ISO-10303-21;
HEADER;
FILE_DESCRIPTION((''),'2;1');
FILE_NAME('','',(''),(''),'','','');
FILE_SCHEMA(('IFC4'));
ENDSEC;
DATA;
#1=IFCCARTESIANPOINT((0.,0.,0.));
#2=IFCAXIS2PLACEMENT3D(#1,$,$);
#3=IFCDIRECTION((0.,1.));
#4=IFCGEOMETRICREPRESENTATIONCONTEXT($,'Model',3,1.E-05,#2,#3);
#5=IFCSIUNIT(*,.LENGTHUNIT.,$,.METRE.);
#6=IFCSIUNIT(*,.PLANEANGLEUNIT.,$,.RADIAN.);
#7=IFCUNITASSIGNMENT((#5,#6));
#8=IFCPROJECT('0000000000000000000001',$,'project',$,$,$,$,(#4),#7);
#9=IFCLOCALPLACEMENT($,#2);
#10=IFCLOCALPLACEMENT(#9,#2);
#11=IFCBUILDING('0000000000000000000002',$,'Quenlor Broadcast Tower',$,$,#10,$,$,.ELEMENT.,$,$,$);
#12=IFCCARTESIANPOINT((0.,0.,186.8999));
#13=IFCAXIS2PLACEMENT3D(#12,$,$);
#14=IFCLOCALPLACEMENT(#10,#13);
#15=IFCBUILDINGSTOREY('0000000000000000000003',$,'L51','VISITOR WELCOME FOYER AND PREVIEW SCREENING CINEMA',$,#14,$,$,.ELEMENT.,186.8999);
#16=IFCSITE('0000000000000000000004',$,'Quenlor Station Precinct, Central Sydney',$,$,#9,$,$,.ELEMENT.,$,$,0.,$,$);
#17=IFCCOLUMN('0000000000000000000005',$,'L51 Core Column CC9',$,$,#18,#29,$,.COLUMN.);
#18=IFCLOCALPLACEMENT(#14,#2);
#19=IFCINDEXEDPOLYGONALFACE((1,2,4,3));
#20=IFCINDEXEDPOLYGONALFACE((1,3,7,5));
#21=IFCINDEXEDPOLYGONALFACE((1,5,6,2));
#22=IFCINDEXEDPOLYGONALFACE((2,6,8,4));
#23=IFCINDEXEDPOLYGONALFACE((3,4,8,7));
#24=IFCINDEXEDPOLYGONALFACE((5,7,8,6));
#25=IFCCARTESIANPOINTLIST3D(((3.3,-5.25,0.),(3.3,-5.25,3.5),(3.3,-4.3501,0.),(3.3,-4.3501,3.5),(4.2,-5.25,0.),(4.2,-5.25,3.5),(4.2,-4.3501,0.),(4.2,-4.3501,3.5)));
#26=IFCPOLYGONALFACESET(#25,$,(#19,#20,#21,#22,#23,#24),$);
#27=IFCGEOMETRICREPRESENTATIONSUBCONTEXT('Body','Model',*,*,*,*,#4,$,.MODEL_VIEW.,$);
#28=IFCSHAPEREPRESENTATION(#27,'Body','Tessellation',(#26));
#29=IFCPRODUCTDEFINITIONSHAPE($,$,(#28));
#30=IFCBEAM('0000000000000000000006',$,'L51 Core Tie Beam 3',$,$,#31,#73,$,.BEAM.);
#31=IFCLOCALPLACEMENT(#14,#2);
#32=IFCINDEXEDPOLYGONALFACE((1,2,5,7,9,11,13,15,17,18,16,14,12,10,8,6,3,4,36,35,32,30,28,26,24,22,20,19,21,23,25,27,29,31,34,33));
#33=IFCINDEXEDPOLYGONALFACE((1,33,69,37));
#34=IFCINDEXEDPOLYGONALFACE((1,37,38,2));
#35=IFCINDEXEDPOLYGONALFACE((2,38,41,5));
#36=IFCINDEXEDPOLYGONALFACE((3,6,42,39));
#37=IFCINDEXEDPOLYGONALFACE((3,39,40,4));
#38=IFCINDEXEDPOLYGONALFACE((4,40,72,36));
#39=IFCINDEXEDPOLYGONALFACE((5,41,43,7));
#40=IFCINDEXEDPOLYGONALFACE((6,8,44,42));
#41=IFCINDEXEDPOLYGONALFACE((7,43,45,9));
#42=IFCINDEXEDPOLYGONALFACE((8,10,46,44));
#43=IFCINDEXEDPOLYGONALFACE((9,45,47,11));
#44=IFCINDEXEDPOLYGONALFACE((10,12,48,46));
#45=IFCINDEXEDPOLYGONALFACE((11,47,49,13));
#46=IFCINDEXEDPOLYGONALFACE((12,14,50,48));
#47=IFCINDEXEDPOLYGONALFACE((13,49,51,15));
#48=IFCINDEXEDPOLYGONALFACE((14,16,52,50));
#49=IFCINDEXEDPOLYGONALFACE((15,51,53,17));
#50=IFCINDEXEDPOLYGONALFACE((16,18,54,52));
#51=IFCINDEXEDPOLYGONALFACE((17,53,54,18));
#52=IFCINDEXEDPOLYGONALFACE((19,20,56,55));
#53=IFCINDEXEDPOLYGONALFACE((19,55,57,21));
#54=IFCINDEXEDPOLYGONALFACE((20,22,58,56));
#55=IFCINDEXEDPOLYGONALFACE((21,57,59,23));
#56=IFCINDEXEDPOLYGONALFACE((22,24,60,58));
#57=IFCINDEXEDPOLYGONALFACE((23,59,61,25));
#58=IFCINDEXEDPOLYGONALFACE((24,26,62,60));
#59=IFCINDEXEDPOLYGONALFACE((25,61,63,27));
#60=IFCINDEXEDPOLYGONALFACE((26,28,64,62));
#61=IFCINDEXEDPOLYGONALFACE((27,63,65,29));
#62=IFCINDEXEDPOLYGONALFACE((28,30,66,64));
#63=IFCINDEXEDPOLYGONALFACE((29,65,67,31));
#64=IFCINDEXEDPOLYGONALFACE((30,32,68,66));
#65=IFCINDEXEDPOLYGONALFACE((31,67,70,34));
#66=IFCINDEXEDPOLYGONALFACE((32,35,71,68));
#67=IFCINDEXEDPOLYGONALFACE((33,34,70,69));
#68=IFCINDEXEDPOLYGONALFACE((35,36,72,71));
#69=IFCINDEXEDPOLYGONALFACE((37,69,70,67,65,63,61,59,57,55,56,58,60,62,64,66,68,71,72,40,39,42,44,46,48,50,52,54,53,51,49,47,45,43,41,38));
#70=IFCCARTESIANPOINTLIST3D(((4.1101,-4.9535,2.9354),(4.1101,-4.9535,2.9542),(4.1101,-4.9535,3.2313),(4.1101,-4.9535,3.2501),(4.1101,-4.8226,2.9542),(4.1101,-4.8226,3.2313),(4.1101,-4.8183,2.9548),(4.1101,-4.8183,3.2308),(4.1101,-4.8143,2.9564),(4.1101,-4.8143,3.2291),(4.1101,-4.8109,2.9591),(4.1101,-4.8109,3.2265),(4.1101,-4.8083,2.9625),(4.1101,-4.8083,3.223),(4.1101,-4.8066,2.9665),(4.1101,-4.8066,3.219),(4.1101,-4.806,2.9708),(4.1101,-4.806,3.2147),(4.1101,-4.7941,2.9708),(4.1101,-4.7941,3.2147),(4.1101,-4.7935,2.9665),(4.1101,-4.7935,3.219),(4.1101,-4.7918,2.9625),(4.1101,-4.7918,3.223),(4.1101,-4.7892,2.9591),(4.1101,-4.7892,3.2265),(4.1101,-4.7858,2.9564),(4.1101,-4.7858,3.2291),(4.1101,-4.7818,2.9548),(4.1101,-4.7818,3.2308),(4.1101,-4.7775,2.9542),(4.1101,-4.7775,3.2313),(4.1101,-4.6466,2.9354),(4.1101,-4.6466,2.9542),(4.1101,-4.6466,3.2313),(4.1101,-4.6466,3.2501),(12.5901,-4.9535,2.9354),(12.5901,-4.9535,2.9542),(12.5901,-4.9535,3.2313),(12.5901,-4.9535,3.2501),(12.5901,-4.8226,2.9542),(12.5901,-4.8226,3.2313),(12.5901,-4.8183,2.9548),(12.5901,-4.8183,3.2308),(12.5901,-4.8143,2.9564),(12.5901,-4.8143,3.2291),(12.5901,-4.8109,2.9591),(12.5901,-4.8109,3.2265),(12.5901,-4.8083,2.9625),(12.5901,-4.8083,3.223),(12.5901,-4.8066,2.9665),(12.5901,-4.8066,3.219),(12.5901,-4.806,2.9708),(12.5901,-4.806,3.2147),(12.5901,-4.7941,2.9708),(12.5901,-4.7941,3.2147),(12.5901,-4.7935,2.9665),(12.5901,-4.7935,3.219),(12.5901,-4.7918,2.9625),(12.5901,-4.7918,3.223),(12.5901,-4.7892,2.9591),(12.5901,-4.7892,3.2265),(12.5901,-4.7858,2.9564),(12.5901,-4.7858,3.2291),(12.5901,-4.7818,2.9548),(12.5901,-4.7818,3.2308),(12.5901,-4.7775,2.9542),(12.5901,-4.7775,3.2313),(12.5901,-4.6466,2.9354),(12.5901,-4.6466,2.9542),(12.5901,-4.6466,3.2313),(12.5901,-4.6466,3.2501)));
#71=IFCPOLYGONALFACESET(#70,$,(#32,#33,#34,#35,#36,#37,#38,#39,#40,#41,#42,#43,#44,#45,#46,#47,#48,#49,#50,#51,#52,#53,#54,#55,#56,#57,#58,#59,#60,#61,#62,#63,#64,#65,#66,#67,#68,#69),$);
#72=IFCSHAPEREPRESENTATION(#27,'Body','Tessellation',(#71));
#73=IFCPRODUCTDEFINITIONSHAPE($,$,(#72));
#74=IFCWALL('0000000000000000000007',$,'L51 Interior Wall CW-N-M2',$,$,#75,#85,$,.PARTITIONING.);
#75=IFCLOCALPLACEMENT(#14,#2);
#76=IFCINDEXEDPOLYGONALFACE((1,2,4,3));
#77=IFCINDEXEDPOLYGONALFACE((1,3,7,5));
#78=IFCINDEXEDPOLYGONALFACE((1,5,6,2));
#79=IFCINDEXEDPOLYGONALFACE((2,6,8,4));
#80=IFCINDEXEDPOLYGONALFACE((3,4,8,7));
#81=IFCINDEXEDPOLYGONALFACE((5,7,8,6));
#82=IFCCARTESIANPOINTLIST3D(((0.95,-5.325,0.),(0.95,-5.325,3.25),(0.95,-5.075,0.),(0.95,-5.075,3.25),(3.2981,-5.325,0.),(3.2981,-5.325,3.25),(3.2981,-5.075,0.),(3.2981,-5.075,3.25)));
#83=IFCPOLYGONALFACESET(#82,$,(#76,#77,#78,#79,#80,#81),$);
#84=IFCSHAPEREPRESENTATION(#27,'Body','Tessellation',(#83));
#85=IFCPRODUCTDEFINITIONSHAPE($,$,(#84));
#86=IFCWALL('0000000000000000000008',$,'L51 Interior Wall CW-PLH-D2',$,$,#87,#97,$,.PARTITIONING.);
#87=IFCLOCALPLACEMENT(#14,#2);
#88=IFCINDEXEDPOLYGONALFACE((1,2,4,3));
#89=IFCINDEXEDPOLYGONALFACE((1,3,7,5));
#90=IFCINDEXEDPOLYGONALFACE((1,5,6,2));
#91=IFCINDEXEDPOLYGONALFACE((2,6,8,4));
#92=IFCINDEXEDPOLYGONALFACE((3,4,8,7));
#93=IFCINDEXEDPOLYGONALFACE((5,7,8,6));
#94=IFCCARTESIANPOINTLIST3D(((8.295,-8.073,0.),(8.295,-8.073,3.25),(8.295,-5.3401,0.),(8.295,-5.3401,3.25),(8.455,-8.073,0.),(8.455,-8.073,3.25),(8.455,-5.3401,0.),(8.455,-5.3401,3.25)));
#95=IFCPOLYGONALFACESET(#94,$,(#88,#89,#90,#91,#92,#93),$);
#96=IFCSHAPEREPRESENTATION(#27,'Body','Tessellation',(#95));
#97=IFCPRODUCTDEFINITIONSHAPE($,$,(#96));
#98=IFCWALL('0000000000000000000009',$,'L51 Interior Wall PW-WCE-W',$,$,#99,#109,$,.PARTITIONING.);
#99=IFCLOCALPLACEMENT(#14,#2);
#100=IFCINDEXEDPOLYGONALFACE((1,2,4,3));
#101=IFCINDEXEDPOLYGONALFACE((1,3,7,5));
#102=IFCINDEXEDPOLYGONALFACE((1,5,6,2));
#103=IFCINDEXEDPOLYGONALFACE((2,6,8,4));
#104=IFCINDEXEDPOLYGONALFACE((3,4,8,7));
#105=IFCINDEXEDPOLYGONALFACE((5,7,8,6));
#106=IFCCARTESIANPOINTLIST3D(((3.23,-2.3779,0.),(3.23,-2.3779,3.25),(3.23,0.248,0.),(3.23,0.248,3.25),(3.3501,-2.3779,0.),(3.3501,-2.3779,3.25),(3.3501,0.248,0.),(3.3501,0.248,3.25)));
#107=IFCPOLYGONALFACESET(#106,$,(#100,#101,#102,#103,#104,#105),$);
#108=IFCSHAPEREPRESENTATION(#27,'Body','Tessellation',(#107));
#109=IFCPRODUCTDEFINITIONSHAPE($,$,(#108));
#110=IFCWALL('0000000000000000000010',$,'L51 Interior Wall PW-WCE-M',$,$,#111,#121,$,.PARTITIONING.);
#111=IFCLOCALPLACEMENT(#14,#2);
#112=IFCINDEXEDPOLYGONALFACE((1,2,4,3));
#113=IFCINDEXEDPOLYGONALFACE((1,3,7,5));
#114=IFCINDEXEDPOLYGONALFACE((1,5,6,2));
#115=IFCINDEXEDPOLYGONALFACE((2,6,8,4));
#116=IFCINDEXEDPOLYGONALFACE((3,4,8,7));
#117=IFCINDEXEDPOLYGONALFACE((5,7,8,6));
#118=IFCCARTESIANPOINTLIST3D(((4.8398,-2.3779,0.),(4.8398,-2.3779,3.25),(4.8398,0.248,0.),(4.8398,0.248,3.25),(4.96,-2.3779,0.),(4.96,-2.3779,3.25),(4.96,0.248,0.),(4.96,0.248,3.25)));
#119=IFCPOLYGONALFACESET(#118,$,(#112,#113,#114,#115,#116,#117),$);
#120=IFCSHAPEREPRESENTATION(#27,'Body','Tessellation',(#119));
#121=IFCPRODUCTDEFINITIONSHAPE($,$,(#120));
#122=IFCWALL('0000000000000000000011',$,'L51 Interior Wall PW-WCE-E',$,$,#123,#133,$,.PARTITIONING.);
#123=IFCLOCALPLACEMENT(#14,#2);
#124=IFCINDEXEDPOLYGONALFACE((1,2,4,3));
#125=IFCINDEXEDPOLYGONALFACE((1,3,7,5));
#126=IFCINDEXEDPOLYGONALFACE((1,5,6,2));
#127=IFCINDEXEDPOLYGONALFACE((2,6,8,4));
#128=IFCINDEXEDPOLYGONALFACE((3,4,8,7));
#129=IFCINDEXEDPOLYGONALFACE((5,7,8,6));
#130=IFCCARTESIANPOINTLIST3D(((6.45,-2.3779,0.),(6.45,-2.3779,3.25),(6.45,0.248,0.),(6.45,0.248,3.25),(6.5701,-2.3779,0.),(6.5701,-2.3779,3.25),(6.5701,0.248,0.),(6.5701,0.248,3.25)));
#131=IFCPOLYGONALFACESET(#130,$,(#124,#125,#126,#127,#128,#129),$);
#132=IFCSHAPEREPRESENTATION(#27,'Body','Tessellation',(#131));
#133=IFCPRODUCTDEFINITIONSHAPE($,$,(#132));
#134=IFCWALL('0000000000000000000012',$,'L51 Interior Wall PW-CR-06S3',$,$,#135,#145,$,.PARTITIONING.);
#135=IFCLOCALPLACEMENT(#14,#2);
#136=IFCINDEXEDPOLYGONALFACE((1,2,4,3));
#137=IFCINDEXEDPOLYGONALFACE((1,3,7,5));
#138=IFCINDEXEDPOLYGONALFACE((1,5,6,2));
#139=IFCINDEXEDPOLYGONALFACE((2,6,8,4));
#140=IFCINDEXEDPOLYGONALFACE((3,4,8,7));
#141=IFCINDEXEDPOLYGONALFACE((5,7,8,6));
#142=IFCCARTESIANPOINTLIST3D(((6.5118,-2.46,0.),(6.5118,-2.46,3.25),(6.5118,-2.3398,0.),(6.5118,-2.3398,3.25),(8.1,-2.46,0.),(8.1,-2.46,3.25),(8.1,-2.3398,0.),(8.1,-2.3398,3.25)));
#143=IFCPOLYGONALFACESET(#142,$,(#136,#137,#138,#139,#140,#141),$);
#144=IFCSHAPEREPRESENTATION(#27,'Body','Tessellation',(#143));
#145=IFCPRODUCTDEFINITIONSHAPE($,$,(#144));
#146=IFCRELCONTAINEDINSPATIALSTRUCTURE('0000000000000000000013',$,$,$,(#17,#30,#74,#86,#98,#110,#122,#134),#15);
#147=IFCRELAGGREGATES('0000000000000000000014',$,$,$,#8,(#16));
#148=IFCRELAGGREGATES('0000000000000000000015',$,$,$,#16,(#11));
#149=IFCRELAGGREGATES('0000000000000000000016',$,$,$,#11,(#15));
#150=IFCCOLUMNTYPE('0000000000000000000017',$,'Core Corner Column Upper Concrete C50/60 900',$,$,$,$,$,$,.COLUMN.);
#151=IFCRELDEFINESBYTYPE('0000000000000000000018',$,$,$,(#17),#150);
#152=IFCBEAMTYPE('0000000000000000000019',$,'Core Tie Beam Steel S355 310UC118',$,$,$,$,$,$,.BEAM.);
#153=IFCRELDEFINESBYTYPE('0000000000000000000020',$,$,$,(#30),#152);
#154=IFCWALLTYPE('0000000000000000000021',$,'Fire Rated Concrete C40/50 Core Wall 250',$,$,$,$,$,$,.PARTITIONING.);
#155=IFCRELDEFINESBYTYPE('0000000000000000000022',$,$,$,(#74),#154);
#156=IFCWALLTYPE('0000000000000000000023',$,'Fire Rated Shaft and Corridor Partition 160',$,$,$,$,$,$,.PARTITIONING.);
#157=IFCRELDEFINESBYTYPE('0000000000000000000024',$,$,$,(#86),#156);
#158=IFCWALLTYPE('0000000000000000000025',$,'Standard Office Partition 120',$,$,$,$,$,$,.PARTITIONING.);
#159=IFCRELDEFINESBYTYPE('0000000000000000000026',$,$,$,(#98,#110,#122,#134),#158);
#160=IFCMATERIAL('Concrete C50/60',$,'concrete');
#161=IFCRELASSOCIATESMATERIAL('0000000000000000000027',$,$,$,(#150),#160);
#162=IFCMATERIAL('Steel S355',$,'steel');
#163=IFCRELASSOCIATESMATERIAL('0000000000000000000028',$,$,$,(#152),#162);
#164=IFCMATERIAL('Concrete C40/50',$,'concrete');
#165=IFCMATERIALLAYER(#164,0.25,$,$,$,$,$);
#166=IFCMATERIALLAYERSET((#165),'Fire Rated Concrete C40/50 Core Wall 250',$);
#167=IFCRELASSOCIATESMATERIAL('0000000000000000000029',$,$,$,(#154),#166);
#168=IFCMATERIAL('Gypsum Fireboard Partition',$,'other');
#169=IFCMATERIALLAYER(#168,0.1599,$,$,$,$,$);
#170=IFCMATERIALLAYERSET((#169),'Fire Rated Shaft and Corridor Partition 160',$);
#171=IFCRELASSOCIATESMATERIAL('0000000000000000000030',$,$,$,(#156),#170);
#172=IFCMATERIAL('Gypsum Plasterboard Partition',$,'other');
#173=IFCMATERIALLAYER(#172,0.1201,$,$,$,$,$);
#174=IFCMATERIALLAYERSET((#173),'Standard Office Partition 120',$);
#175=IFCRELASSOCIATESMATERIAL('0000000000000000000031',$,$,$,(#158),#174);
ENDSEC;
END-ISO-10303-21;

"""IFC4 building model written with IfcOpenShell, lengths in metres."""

from ifc_helpers import new_model, si_unit, direction, frame, frame_2d, origin, origin_2d, place, context, subcontext, project, spatial, rectangle, i_section, extrude, material, layer, layer_set, material_profile, profile_set, type_object, element, save


model = new_model("IFC4")

# Units and contexts
model_context = context("Model", 3, precision=1e-05, world=origin(), true_north=direction((0.0, 1.0)))
body_context = subcontext(model_context, "Body", "Model", "MODEL_VIEW")
ifc_project = project(units=[si_unit("LENGTHUNIT", "METRE"), si_unit("PLANEANGLEUNIT", "RADIAN")], contexts=[model_context])

# Site, building, storey
site_placement = place(None, origin())
site = spatial("IfcSite", under=ifc_project, at=site_placement, Name="Quenlor Station Precinct, Central Sydney", CompositionType="ELEMENT", RefElevation=0.0)
building_placement = place(site_placement, origin())
building = spatial("IfcBuilding", under=site, at=building_placement, Name="Quenlor Broadcast Tower", CompositionType="ELEMENT")
storey_placement = place(building_placement, frame((0.0, 0.0, 186.8999)))
storey = spatial("IfcBuildingStorey", under=building, at=storey_placement, Name="L51", Description="VISITOR WELCOME FOYER AND PREVIEW SCREENING CINEMA", CompositionType="ELEMENT", Elevation=186.8999)

# Column
ifc_material_1 = material(Name="Concrete C50/60", Category="concrete")
ifc_material_profile_1 = material_profile(ifc_material_1, rectangle(XDim=0.8999, YDim=0.8999, at=origin_2d()))
ifc_profile_set_1 = profile_set([ifc_material_profile_1], Name="Concrete C50/60 RC900x900")
column_type = type_object("IfcColumnType", Name="Core Corner Column Upper Concrete C50/60 900", PredefinedType="COLUMN", material=ifc_profile_set_1)
column_placement = place(storey_placement, frame((3.75, -4.8, 0.0), z_axis=(0.0, 0.0, 1.0), x_axis=(1.0, 0.0, 0.0)))
element("IfcColumn", 1, at=column_placement, inside=storey, type_object=column_type, Name="L51 Core Column CC9", PredefinedType="COLUMN", context=body_context, shape_type="SweptSolid", body=[
    extrude(rectangle(XDim=0.8999, YDim=0.8999, at=origin_2d()), origin(), (0.0, 0.0, 1.0), 3.5),
])

# Beam
ifc_material_2 = material(Name="Steel S355", Category="steel")
ifc_material_profile_2 = material_profile(ifc_material_2, i_section(OverallWidth=0.3069, OverallDepth=0.3147, WebThickness=0.012, FlangeThickness=0.0188, FilletRadius=0.0166, at=origin_2d()))
ifc_profile_set_2 = profile_set([ifc_material_profile_2], Name="Steel S355 310UC118")
beam_type = type_object("IfcBeamType", Name="Core Tie Beam Steel S355 310UC118", PredefinedType="BEAM", material=ifc_profile_set_2)
beam_placement = place(storey_placement, frame((4.1101, -4.8, 3.0928), z_axis=(1.0, 0.0, 0.0), x_axis=(0.0, 1.0, 0.0)))
element("IfcBeam", 2, at=beam_placement, inside=storey, type_object=beam_type, Name="L51 Core Tie Beam 3", PredefinedType="BEAM", context=body_context, shape_type="SweptSolid", body=[
    extrude(i_section(OverallWidth=0.3069, OverallDepth=0.3147, WebThickness=0.012, FlangeThickness=0.0188, FilletRadius=0.0166, at=origin_2d()), origin(), (0.0, 0.0, 1.0), 8.48),
])

# Shared definitions
ifc_material_3 = material(Name="Concrete C40/50", Category="concrete")
ifc_layer_1 = layer(ifc_material_3, 0.25)
ifc_layer_set_1 = layer_set([ifc_layer_1], Name="Fire Rated Concrete C40/50 Core Wall 250")
wall_type_1 = type_object("IfcWallType", Name="Fire Rated Concrete C40/50 Core Wall 250", PredefinedType="PARTITIONING", material=ifc_layer_set_1)

# Walls
wall_1_placement = place(storey_placement, frame((0.95, -5.2, 0.0), z_axis=(0.0, 0.0, 1.0), x_axis=(1.0, 0.0, 0.0)))
element("IfcWall", 3, at=wall_1_placement, inside=storey, type_object=wall_type_1, Name="L51 Interior Wall CW-N-M2", PredefinedType="PARTITIONING", context=body_context, shape_type="SweptSolid", body=[
    extrude(rectangle(XDim=2.3481, YDim=0.25, at=frame_2d((1.1741, 0.0))), origin(), (0.0, 0.0, 1.0), 3.25),
])
ifc_material_4 = material(Name="Gypsum Fireboard Partition", Category="other")
ifc_layer_2 = layer(ifc_material_4, 0.1599)
ifc_layer_set_2 = layer_set([ifc_layer_2], Name="Fire Rated Shaft and Corridor Partition 160")
wall_type_2 = type_object("IfcWallType", Name="Fire Rated Shaft and Corridor Partition 160", PredefinedType="PARTITIONING", material=ifc_layer_set_2)
wall_2_placement = place(storey_placement, frame((8.375, -8.073, 0.0), z_axis=(0.0, 0.0, 1.0), x_axis=(0.0, 1.0, 0.0)))
element("IfcWall", 4, at=wall_2_placement, inside=storey, type_object=wall_type_2, Name="L51 Interior Wall CW-PLH-D2", PredefinedType="PARTITIONING", context=body_context, shape_type="SweptSolid", body=[
    extrude(rectangle(XDim=2.7329, YDim=0.1599, at=frame_2d((1.3665, 0.0))), origin(), (0.0, 0.0, 1.0), 3.25),
])

# Shared definitions
ifc_material_5 = material(Name="Gypsum Plasterboard Partition", Category="other")
ifc_layer_3 = layer(ifc_material_5, 0.1201)
ifc_layer_set_3 = layer_set([ifc_layer_3], Name="Standard Office Partition 120")
wall_type_3 = type_object("IfcWallType", Name="Standard Office Partition 120", PredefinedType="PARTITIONING", material=ifc_layer_set_3)

# Walls
for number, where, z_axis, x_axis, name in (
    (5, (3.29, -2.3779, 0.0), (0.0, 0.0, 1.0), (0.0, 1.0, 0.0), "L51 Interior Wall PW-WCE-W"),
    (6, (4.8999, -2.3779, 0.0), (0.0, 0.0, 1.0), (0.0, 1.0, 0.0), "L51 Interior Wall PW-WCE-M"),
    (7, (6.51, -2.3779, 0.0), (0.0, 0.0, 1.0), (0.0, 1.0, 0.0), "L51 Interior Wall PW-WCE-E"),
):
    element("IfcWall", number, at=place(storey_placement, frame(where, z_axis=z_axis, x_axis=x_axis)), inside=storey, type_object=wall_type_3, Name=name, PredefinedType="PARTITIONING", context=body_context, shape_type="SweptSolid", body=[
        extrude(rectangle(XDim=2.626, YDim=0.1201, at=frame_2d((1.313, 0.0))), origin(), (0.0, 0.0, 1.0), 3.25),
    ])
wall_3_placement = place(storey_placement, frame((6.512, -2.3999, 0.0), z_axis=(0.0, 0.0, 1.0), x_axis=(1.0, 0.0, 0.0)))
element("IfcWall", 8, at=wall_3_placement, inside=storey, type_object=wall_type_3, Name="L51 Interior Wall PW-CR-06S3", PredefinedType="PARTITIONING", context=body_context, shape_type="SweptSolid", body=[
    extrude(rectangle(XDim=1.5881, YDim=0.1201, at=frame_2d((0.7939, 0.0))), origin(), (0.0, 0.0, 1.0), 3.25),
])

save(model, "model.ifc")
